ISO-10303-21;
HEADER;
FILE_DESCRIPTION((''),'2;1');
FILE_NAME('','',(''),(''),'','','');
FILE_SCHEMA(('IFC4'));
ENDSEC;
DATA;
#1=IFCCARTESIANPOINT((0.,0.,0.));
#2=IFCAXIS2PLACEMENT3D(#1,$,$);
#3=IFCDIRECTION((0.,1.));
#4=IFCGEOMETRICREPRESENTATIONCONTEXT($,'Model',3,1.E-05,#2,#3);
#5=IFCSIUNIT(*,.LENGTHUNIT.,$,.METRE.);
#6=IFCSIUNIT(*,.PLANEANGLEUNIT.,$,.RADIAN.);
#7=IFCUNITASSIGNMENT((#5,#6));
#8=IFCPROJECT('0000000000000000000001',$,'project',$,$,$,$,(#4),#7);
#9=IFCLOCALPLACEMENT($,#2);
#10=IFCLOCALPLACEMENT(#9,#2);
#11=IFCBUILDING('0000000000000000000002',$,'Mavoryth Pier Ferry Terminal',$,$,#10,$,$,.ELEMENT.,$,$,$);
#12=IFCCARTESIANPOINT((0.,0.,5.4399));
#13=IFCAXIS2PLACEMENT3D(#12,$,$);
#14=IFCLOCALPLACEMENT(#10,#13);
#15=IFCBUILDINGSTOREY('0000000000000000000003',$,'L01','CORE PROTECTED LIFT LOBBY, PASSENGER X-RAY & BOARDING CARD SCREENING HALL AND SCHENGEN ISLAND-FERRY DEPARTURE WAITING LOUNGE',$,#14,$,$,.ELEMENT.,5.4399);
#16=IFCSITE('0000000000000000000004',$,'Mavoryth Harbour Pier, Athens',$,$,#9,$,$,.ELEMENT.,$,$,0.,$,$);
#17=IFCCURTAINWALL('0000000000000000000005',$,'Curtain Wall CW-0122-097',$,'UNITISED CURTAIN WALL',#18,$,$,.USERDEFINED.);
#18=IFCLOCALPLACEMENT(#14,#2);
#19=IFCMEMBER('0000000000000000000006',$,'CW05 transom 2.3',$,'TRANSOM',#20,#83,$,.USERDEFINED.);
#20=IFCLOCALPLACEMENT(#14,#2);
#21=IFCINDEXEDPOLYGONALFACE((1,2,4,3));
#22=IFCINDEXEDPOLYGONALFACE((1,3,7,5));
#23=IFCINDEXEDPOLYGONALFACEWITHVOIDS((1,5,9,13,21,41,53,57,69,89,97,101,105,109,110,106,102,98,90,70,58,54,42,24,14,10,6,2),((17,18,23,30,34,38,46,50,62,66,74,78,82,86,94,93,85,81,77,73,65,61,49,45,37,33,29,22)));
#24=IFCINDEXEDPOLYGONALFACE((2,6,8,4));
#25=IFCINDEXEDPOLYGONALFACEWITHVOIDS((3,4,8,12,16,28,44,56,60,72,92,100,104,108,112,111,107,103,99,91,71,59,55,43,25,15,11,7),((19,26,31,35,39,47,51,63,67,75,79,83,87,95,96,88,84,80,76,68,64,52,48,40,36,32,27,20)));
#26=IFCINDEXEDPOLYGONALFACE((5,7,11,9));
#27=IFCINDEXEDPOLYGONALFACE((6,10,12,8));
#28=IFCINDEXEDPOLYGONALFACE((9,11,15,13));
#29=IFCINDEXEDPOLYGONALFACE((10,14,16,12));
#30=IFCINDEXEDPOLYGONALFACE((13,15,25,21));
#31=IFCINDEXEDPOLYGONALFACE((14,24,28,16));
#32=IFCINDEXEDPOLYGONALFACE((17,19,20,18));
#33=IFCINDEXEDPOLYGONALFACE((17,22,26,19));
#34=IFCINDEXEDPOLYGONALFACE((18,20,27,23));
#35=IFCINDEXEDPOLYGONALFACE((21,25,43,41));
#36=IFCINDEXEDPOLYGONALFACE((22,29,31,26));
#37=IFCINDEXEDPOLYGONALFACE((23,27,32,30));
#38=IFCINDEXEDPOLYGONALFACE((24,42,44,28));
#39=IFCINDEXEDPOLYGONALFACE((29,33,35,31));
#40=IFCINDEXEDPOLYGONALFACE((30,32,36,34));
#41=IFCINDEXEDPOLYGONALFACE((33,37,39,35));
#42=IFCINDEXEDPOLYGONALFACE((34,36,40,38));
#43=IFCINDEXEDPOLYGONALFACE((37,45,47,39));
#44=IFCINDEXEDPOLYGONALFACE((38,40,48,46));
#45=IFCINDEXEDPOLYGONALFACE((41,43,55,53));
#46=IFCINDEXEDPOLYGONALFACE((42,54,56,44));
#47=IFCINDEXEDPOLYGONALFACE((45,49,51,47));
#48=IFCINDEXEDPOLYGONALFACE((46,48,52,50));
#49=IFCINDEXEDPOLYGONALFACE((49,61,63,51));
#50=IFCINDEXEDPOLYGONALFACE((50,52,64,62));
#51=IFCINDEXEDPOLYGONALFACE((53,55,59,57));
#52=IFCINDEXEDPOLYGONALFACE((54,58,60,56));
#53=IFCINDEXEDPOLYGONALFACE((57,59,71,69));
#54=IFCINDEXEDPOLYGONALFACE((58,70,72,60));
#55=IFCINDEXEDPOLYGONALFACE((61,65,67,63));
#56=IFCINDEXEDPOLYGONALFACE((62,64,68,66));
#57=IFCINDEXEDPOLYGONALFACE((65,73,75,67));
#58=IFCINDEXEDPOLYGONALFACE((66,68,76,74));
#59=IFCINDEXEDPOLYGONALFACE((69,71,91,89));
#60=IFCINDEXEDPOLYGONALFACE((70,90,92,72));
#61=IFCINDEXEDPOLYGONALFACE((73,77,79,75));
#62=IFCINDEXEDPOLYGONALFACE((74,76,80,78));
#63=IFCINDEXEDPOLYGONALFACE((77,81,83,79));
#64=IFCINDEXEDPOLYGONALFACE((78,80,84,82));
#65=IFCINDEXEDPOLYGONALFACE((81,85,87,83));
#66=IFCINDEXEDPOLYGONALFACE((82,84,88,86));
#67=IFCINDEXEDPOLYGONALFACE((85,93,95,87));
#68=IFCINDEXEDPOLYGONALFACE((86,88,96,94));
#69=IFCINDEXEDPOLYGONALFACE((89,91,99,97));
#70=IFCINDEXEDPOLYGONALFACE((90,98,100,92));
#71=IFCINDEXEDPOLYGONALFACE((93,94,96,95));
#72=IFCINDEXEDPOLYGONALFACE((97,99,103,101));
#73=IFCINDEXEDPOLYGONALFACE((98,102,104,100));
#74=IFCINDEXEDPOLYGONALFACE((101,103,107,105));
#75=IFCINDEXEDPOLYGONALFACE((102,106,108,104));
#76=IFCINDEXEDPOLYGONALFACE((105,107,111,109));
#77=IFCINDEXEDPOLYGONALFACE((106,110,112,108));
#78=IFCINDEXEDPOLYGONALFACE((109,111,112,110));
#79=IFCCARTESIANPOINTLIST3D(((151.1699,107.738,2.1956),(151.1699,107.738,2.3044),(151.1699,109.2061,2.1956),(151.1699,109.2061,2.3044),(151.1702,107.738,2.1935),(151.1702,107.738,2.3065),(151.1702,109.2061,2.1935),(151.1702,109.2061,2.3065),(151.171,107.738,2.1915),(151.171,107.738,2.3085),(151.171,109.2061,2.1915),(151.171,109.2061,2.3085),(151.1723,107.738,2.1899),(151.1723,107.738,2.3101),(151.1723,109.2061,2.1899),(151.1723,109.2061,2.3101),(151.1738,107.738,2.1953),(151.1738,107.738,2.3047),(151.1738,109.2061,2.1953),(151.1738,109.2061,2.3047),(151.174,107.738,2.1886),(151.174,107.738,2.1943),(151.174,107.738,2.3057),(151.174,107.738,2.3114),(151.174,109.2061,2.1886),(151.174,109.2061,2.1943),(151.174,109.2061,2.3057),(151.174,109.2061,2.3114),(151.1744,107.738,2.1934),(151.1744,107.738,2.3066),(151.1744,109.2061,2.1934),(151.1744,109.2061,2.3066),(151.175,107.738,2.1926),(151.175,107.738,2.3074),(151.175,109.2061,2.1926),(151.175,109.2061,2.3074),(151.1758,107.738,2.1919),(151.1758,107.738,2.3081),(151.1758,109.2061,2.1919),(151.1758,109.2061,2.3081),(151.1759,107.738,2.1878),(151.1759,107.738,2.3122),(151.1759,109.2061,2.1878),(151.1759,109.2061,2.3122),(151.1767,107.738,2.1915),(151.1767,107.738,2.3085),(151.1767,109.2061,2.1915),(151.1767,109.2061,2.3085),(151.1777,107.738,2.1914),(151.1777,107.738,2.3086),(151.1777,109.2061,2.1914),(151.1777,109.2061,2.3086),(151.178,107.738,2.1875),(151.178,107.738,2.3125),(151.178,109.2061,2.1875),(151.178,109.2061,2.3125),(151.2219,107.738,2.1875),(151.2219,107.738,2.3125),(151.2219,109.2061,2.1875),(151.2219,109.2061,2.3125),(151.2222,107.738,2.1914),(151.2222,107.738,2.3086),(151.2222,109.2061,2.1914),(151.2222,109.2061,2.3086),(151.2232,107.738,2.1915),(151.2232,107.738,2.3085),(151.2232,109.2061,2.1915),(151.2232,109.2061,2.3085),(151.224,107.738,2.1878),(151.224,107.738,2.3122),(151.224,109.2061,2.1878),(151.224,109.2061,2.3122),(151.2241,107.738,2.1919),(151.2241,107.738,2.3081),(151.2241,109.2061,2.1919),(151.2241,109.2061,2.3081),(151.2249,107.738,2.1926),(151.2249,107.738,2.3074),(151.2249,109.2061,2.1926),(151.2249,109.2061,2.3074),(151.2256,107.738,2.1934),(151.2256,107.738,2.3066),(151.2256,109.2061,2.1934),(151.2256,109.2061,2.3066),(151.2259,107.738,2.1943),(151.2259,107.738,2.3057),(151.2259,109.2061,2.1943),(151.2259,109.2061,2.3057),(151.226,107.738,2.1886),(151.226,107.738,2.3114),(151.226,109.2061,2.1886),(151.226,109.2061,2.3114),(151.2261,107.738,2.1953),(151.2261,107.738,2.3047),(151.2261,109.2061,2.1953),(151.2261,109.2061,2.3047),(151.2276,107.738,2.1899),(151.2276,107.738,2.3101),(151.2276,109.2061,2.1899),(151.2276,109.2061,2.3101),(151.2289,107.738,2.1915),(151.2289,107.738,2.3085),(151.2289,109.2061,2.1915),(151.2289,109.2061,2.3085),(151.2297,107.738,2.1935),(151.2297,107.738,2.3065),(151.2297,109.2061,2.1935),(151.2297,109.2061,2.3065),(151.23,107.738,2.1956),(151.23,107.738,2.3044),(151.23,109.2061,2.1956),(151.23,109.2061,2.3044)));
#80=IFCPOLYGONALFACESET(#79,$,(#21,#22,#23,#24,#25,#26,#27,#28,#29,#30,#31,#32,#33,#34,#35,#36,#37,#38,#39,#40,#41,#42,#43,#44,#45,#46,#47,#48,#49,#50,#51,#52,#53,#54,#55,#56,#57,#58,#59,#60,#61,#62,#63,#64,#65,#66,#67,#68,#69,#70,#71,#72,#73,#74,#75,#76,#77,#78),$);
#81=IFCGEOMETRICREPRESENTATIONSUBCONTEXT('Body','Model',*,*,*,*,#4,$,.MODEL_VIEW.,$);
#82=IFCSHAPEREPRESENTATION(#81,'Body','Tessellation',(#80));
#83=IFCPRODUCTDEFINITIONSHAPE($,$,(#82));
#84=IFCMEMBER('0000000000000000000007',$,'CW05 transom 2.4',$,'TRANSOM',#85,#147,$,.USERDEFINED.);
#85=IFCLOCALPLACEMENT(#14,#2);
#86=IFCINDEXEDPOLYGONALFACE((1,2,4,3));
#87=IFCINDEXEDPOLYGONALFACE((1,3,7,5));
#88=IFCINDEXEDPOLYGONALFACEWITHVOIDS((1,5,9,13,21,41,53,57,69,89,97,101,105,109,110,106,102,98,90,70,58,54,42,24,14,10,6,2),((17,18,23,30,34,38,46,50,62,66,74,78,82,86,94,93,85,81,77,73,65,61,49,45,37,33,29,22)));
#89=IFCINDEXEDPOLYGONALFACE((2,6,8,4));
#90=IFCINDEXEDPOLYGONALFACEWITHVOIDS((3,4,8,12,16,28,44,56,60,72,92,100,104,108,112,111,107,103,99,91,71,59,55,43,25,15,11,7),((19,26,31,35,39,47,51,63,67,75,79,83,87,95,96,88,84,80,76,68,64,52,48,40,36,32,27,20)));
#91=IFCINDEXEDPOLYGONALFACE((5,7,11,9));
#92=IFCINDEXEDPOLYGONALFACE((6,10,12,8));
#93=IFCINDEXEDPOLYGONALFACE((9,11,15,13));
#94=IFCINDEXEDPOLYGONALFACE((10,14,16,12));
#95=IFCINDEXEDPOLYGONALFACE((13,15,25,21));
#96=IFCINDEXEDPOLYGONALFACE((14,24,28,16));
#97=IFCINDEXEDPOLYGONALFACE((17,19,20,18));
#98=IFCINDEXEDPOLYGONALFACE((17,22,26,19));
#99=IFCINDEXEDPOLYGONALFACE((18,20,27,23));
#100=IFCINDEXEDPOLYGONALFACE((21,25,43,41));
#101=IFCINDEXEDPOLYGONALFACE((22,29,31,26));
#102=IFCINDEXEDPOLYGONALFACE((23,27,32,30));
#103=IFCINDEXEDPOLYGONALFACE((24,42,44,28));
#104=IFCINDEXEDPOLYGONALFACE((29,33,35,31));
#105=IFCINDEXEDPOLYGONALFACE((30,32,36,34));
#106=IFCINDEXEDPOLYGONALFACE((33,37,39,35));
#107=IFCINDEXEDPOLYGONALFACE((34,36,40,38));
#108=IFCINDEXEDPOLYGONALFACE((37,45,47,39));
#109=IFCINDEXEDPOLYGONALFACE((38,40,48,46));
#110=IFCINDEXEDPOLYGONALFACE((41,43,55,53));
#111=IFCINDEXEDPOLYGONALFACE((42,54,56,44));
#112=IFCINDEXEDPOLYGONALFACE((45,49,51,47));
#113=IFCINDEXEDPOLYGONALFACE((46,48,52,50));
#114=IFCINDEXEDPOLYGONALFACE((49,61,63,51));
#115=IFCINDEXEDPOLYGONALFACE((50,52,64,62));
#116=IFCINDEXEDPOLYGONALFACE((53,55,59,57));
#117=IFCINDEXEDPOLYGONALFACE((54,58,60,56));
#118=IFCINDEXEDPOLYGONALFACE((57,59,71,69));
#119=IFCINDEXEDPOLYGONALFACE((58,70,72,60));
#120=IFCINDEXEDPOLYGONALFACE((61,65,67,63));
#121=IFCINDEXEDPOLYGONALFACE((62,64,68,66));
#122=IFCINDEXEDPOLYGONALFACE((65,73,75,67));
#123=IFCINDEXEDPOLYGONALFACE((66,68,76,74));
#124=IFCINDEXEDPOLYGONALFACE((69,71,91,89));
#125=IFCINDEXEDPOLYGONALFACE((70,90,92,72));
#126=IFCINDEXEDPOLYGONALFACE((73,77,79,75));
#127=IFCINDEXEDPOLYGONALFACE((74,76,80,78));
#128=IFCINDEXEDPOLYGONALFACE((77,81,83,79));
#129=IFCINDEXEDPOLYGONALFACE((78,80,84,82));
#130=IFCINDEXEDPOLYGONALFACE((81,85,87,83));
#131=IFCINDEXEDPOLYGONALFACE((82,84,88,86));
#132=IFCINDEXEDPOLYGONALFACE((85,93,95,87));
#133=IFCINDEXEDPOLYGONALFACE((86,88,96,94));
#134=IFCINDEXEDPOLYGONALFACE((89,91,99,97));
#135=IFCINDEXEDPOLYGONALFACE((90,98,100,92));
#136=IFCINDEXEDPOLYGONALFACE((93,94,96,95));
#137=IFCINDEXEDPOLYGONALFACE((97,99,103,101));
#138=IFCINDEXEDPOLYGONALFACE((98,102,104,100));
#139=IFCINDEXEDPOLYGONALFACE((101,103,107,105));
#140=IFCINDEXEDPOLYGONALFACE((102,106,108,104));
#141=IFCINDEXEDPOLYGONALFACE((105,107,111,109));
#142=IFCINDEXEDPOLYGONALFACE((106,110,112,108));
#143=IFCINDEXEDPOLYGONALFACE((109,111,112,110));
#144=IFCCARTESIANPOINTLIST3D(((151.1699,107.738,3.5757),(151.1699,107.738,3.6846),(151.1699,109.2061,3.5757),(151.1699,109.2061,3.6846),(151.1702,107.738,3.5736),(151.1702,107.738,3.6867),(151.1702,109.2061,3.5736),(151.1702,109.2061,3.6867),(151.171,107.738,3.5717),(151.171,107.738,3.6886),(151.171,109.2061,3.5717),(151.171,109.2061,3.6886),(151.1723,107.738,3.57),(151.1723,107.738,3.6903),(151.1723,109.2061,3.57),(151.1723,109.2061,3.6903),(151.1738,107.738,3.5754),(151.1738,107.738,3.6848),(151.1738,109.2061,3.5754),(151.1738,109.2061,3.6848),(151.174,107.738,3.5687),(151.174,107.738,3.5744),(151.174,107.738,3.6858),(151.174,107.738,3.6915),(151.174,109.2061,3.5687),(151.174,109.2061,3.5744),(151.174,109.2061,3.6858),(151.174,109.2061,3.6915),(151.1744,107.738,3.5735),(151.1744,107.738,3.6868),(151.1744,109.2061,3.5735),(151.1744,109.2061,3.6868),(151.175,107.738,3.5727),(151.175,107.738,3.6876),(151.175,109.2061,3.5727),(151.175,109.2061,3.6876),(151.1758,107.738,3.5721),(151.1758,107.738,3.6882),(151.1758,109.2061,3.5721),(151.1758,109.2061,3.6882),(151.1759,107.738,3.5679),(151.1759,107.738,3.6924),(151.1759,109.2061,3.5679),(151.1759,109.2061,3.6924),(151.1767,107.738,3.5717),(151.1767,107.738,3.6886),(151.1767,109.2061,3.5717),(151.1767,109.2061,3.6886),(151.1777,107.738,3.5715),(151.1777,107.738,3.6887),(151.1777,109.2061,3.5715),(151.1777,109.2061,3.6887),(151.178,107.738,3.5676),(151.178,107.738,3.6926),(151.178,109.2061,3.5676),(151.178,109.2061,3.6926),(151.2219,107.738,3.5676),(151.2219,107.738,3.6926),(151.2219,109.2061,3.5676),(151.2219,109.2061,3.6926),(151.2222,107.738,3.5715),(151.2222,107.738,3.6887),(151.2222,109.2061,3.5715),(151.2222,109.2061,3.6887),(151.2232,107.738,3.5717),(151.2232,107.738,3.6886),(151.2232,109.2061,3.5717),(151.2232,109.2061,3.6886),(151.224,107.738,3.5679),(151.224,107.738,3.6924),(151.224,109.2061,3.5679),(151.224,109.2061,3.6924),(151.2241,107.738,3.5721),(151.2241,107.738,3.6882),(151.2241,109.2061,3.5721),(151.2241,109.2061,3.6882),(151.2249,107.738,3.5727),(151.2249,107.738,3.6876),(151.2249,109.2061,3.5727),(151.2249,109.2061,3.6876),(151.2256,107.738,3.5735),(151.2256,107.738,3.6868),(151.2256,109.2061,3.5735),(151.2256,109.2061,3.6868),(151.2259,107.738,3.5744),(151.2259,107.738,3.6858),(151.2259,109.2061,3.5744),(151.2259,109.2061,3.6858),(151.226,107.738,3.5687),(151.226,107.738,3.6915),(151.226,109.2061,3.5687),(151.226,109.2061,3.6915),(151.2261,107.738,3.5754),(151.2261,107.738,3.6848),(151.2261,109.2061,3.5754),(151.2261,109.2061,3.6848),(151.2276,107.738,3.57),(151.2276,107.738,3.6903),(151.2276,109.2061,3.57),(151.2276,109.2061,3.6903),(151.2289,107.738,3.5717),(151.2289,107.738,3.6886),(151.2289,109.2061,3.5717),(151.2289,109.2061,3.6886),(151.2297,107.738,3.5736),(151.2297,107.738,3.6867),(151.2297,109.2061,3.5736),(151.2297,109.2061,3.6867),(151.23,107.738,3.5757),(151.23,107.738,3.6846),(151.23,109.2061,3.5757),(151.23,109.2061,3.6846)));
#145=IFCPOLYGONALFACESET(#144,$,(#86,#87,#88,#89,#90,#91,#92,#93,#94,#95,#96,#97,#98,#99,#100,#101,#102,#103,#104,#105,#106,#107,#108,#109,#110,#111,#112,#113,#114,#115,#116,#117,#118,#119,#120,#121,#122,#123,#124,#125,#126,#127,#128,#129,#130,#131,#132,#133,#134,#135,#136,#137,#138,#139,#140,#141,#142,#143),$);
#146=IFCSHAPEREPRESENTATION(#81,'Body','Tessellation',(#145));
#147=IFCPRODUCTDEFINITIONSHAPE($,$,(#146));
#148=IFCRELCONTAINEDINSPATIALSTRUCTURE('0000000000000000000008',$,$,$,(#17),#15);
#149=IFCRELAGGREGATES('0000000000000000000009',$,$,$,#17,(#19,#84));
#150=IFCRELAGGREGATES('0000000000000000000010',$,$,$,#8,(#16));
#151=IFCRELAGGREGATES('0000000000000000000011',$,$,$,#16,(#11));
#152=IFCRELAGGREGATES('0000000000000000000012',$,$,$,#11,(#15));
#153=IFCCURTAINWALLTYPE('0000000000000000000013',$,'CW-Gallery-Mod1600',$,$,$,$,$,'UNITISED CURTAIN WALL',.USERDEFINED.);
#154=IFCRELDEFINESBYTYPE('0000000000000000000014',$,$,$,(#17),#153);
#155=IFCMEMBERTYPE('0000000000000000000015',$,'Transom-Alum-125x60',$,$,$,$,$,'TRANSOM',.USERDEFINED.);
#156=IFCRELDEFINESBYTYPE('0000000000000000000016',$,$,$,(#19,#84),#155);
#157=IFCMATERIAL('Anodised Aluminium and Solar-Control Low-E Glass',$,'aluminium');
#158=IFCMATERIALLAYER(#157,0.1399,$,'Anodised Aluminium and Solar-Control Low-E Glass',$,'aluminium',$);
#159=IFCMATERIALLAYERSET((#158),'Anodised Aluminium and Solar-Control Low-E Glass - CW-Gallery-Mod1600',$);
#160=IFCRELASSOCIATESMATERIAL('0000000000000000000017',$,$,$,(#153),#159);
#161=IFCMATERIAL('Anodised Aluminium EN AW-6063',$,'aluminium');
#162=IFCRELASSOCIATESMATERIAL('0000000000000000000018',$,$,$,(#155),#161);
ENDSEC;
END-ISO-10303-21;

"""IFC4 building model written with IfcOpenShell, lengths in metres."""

from ifc_helpers import new_model, si_unit, direction, frame, origin, origin_2d, place, context, subcontext, project, spatial, hollow_rectangle, extrude, material, layer, layer_set, material_profile, profile_set, type_object, element, aggregate, save


model = new_model("IFC4")

# Units and contexts
model_context = context("Model", 3, precision=1e-05, world=origin(), true_north=direction((0.0, 1.0)))
body_context = subcontext(model_context, "Body", "Model", "MODEL_VIEW")
ifc_project = project(units=[si_unit("LENGTHUNIT", "METRE"), si_unit("PLANEANGLEUNIT", "RADIAN")], contexts=[model_context])

# Site, building, storey
site_placement = place(None, origin())
site = spatial("IfcSite", under=ifc_project, at=site_placement, Name="Mavoryth Harbour Pier, Athens", CompositionType="ELEMENT", RefElevation=0.0)
building_placement = place(site_placement, origin())
building = spatial("IfcBuilding", under=site, at=building_placement, Name="Mavoryth Pier Ferry Terminal", CompositionType="ELEMENT")
storey_placement = place(building_placement, frame((0.0, 0.0, 5.4399)))
storey = spatial("IfcBuildingStorey", under=building, at=storey_placement, Name="L01", Description="CORE PROTECTED LIFT LOBBY, PASSENGER X-RAY & BOARDING CARD SCREENING HALL AND SCHENGEN ISLAND-FERRY DEPARTURE WAITING LOUNGE", CompositionType="ELEMENT", Elevation=5.4399)

# Curtain wall
ifc_material_1 = material(Name="Anodised Aluminium and Solar-Control Low-E Glass", Category="aluminium")
ifc_layer_1 = layer(ifc_material_1, 0.1399, Name="Anodised Aluminium and Solar-Control Low-E Glass", Category="aluminium")
ifc_layer_set_1 = layer_set([ifc_layer_1], Name="Anodised Aluminium and Solar-Control Low-E Glass - CW-Gallery-Mod1600")
curtain_wall_type = type_object("IfcCurtainWallType", Name="CW-Gallery-Mod1600", ElementType="UNITISED CURTAIN WALL", PredefinedType="USERDEFINED", material=ifc_layer_set_1)
ifc_material_2 = material(Name="Anodised Aluminium EN AW-6063", Category="aluminium")
curtain_wall_1_placement = place(storey_placement, origin())
curtain_wall_1 = element("IfcCurtainWall", 1, at=curtain_wall_1_placement, inside=storey, type_object=curtain_wall_type, Name="Curtain Wall CW-0122-097", ObjectType="UNITISED CURTAIN WALL", PredefinedType="USERDEFINED")

# Members
ifc_material_profile_1 = material_profile(ifc_material_2, hollow_rectangle(XDim=0.0601, YDim=0.125, WallThickness=0.0039, InnerFilletRadius=0.0039, OuterFilletRadius=0.0081, at=origin_2d()), Name="AL-TRAN 125x60x4", Category="aluminium")
ifc_profile_set_1 = profile_set([ifc_material_profile_1], Name="Anodised Aluminium EN AW-6063 - AL-TRAN 125x60x4")
member_type_1 = type_object("IfcMemberType", Name="Transom-Alum-125x60", ElementType="TRANSOM", PredefinedType="USERDEFINED", material=ifc_profile_set_1)
member_1_placement = place(storey_placement, frame((151.2, 107.738, 2.25), z_axis=(0.0, 1.0, 0.0), x_axis=(-1.0, 0.0, 0.0)))
member_1 = element("IfcMember", 2, at=member_1_placement, type_object=member_type_1, Name="CW05 transom 2.3", ObjectType="TRANSOM", PredefinedType="USERDEFINED", context=body_context, shape_type="SweptSolid", body=[
    extrude(hollow_rectangle(XDim=0.0601, YDim=0.125, WallThickness=0.0039, InnerFilletRadius=0.0039, OuterFilletRadius=0.0081, at=origin_2d()), origin(), (0.0, 0.0, 1.0), 1.468),
])
member_2_placement = place(storey_placement, frame((151.2, 107.738, 3.6301), z_axis=(0.0, 1.0, 0.0), x_axis=(-1.0, 0.0, 0.0)))
member_2 = element("IfcMember", 3, at=member_2_placement, type_object=member_type_1, Name="CW05 transom 2.4", ObjectType="TRANSOM", PredefinedType="USERDEFINED", context=body_context, shape_type="SweptSolid", body=[
    extrude(hollow_rectangle(XDim=0.0601, YDim=0.125, WallThickness=0.0039, InnerFilletRadius=0.0039, OuterFilletRadius=0.0081, at=origin_2d()), origin(), (0.0, 0.0, 1.0), 1.468),
])

aggregate(curtain_wall_1, [member_1, member_2])

save(model, "model.ifc")
